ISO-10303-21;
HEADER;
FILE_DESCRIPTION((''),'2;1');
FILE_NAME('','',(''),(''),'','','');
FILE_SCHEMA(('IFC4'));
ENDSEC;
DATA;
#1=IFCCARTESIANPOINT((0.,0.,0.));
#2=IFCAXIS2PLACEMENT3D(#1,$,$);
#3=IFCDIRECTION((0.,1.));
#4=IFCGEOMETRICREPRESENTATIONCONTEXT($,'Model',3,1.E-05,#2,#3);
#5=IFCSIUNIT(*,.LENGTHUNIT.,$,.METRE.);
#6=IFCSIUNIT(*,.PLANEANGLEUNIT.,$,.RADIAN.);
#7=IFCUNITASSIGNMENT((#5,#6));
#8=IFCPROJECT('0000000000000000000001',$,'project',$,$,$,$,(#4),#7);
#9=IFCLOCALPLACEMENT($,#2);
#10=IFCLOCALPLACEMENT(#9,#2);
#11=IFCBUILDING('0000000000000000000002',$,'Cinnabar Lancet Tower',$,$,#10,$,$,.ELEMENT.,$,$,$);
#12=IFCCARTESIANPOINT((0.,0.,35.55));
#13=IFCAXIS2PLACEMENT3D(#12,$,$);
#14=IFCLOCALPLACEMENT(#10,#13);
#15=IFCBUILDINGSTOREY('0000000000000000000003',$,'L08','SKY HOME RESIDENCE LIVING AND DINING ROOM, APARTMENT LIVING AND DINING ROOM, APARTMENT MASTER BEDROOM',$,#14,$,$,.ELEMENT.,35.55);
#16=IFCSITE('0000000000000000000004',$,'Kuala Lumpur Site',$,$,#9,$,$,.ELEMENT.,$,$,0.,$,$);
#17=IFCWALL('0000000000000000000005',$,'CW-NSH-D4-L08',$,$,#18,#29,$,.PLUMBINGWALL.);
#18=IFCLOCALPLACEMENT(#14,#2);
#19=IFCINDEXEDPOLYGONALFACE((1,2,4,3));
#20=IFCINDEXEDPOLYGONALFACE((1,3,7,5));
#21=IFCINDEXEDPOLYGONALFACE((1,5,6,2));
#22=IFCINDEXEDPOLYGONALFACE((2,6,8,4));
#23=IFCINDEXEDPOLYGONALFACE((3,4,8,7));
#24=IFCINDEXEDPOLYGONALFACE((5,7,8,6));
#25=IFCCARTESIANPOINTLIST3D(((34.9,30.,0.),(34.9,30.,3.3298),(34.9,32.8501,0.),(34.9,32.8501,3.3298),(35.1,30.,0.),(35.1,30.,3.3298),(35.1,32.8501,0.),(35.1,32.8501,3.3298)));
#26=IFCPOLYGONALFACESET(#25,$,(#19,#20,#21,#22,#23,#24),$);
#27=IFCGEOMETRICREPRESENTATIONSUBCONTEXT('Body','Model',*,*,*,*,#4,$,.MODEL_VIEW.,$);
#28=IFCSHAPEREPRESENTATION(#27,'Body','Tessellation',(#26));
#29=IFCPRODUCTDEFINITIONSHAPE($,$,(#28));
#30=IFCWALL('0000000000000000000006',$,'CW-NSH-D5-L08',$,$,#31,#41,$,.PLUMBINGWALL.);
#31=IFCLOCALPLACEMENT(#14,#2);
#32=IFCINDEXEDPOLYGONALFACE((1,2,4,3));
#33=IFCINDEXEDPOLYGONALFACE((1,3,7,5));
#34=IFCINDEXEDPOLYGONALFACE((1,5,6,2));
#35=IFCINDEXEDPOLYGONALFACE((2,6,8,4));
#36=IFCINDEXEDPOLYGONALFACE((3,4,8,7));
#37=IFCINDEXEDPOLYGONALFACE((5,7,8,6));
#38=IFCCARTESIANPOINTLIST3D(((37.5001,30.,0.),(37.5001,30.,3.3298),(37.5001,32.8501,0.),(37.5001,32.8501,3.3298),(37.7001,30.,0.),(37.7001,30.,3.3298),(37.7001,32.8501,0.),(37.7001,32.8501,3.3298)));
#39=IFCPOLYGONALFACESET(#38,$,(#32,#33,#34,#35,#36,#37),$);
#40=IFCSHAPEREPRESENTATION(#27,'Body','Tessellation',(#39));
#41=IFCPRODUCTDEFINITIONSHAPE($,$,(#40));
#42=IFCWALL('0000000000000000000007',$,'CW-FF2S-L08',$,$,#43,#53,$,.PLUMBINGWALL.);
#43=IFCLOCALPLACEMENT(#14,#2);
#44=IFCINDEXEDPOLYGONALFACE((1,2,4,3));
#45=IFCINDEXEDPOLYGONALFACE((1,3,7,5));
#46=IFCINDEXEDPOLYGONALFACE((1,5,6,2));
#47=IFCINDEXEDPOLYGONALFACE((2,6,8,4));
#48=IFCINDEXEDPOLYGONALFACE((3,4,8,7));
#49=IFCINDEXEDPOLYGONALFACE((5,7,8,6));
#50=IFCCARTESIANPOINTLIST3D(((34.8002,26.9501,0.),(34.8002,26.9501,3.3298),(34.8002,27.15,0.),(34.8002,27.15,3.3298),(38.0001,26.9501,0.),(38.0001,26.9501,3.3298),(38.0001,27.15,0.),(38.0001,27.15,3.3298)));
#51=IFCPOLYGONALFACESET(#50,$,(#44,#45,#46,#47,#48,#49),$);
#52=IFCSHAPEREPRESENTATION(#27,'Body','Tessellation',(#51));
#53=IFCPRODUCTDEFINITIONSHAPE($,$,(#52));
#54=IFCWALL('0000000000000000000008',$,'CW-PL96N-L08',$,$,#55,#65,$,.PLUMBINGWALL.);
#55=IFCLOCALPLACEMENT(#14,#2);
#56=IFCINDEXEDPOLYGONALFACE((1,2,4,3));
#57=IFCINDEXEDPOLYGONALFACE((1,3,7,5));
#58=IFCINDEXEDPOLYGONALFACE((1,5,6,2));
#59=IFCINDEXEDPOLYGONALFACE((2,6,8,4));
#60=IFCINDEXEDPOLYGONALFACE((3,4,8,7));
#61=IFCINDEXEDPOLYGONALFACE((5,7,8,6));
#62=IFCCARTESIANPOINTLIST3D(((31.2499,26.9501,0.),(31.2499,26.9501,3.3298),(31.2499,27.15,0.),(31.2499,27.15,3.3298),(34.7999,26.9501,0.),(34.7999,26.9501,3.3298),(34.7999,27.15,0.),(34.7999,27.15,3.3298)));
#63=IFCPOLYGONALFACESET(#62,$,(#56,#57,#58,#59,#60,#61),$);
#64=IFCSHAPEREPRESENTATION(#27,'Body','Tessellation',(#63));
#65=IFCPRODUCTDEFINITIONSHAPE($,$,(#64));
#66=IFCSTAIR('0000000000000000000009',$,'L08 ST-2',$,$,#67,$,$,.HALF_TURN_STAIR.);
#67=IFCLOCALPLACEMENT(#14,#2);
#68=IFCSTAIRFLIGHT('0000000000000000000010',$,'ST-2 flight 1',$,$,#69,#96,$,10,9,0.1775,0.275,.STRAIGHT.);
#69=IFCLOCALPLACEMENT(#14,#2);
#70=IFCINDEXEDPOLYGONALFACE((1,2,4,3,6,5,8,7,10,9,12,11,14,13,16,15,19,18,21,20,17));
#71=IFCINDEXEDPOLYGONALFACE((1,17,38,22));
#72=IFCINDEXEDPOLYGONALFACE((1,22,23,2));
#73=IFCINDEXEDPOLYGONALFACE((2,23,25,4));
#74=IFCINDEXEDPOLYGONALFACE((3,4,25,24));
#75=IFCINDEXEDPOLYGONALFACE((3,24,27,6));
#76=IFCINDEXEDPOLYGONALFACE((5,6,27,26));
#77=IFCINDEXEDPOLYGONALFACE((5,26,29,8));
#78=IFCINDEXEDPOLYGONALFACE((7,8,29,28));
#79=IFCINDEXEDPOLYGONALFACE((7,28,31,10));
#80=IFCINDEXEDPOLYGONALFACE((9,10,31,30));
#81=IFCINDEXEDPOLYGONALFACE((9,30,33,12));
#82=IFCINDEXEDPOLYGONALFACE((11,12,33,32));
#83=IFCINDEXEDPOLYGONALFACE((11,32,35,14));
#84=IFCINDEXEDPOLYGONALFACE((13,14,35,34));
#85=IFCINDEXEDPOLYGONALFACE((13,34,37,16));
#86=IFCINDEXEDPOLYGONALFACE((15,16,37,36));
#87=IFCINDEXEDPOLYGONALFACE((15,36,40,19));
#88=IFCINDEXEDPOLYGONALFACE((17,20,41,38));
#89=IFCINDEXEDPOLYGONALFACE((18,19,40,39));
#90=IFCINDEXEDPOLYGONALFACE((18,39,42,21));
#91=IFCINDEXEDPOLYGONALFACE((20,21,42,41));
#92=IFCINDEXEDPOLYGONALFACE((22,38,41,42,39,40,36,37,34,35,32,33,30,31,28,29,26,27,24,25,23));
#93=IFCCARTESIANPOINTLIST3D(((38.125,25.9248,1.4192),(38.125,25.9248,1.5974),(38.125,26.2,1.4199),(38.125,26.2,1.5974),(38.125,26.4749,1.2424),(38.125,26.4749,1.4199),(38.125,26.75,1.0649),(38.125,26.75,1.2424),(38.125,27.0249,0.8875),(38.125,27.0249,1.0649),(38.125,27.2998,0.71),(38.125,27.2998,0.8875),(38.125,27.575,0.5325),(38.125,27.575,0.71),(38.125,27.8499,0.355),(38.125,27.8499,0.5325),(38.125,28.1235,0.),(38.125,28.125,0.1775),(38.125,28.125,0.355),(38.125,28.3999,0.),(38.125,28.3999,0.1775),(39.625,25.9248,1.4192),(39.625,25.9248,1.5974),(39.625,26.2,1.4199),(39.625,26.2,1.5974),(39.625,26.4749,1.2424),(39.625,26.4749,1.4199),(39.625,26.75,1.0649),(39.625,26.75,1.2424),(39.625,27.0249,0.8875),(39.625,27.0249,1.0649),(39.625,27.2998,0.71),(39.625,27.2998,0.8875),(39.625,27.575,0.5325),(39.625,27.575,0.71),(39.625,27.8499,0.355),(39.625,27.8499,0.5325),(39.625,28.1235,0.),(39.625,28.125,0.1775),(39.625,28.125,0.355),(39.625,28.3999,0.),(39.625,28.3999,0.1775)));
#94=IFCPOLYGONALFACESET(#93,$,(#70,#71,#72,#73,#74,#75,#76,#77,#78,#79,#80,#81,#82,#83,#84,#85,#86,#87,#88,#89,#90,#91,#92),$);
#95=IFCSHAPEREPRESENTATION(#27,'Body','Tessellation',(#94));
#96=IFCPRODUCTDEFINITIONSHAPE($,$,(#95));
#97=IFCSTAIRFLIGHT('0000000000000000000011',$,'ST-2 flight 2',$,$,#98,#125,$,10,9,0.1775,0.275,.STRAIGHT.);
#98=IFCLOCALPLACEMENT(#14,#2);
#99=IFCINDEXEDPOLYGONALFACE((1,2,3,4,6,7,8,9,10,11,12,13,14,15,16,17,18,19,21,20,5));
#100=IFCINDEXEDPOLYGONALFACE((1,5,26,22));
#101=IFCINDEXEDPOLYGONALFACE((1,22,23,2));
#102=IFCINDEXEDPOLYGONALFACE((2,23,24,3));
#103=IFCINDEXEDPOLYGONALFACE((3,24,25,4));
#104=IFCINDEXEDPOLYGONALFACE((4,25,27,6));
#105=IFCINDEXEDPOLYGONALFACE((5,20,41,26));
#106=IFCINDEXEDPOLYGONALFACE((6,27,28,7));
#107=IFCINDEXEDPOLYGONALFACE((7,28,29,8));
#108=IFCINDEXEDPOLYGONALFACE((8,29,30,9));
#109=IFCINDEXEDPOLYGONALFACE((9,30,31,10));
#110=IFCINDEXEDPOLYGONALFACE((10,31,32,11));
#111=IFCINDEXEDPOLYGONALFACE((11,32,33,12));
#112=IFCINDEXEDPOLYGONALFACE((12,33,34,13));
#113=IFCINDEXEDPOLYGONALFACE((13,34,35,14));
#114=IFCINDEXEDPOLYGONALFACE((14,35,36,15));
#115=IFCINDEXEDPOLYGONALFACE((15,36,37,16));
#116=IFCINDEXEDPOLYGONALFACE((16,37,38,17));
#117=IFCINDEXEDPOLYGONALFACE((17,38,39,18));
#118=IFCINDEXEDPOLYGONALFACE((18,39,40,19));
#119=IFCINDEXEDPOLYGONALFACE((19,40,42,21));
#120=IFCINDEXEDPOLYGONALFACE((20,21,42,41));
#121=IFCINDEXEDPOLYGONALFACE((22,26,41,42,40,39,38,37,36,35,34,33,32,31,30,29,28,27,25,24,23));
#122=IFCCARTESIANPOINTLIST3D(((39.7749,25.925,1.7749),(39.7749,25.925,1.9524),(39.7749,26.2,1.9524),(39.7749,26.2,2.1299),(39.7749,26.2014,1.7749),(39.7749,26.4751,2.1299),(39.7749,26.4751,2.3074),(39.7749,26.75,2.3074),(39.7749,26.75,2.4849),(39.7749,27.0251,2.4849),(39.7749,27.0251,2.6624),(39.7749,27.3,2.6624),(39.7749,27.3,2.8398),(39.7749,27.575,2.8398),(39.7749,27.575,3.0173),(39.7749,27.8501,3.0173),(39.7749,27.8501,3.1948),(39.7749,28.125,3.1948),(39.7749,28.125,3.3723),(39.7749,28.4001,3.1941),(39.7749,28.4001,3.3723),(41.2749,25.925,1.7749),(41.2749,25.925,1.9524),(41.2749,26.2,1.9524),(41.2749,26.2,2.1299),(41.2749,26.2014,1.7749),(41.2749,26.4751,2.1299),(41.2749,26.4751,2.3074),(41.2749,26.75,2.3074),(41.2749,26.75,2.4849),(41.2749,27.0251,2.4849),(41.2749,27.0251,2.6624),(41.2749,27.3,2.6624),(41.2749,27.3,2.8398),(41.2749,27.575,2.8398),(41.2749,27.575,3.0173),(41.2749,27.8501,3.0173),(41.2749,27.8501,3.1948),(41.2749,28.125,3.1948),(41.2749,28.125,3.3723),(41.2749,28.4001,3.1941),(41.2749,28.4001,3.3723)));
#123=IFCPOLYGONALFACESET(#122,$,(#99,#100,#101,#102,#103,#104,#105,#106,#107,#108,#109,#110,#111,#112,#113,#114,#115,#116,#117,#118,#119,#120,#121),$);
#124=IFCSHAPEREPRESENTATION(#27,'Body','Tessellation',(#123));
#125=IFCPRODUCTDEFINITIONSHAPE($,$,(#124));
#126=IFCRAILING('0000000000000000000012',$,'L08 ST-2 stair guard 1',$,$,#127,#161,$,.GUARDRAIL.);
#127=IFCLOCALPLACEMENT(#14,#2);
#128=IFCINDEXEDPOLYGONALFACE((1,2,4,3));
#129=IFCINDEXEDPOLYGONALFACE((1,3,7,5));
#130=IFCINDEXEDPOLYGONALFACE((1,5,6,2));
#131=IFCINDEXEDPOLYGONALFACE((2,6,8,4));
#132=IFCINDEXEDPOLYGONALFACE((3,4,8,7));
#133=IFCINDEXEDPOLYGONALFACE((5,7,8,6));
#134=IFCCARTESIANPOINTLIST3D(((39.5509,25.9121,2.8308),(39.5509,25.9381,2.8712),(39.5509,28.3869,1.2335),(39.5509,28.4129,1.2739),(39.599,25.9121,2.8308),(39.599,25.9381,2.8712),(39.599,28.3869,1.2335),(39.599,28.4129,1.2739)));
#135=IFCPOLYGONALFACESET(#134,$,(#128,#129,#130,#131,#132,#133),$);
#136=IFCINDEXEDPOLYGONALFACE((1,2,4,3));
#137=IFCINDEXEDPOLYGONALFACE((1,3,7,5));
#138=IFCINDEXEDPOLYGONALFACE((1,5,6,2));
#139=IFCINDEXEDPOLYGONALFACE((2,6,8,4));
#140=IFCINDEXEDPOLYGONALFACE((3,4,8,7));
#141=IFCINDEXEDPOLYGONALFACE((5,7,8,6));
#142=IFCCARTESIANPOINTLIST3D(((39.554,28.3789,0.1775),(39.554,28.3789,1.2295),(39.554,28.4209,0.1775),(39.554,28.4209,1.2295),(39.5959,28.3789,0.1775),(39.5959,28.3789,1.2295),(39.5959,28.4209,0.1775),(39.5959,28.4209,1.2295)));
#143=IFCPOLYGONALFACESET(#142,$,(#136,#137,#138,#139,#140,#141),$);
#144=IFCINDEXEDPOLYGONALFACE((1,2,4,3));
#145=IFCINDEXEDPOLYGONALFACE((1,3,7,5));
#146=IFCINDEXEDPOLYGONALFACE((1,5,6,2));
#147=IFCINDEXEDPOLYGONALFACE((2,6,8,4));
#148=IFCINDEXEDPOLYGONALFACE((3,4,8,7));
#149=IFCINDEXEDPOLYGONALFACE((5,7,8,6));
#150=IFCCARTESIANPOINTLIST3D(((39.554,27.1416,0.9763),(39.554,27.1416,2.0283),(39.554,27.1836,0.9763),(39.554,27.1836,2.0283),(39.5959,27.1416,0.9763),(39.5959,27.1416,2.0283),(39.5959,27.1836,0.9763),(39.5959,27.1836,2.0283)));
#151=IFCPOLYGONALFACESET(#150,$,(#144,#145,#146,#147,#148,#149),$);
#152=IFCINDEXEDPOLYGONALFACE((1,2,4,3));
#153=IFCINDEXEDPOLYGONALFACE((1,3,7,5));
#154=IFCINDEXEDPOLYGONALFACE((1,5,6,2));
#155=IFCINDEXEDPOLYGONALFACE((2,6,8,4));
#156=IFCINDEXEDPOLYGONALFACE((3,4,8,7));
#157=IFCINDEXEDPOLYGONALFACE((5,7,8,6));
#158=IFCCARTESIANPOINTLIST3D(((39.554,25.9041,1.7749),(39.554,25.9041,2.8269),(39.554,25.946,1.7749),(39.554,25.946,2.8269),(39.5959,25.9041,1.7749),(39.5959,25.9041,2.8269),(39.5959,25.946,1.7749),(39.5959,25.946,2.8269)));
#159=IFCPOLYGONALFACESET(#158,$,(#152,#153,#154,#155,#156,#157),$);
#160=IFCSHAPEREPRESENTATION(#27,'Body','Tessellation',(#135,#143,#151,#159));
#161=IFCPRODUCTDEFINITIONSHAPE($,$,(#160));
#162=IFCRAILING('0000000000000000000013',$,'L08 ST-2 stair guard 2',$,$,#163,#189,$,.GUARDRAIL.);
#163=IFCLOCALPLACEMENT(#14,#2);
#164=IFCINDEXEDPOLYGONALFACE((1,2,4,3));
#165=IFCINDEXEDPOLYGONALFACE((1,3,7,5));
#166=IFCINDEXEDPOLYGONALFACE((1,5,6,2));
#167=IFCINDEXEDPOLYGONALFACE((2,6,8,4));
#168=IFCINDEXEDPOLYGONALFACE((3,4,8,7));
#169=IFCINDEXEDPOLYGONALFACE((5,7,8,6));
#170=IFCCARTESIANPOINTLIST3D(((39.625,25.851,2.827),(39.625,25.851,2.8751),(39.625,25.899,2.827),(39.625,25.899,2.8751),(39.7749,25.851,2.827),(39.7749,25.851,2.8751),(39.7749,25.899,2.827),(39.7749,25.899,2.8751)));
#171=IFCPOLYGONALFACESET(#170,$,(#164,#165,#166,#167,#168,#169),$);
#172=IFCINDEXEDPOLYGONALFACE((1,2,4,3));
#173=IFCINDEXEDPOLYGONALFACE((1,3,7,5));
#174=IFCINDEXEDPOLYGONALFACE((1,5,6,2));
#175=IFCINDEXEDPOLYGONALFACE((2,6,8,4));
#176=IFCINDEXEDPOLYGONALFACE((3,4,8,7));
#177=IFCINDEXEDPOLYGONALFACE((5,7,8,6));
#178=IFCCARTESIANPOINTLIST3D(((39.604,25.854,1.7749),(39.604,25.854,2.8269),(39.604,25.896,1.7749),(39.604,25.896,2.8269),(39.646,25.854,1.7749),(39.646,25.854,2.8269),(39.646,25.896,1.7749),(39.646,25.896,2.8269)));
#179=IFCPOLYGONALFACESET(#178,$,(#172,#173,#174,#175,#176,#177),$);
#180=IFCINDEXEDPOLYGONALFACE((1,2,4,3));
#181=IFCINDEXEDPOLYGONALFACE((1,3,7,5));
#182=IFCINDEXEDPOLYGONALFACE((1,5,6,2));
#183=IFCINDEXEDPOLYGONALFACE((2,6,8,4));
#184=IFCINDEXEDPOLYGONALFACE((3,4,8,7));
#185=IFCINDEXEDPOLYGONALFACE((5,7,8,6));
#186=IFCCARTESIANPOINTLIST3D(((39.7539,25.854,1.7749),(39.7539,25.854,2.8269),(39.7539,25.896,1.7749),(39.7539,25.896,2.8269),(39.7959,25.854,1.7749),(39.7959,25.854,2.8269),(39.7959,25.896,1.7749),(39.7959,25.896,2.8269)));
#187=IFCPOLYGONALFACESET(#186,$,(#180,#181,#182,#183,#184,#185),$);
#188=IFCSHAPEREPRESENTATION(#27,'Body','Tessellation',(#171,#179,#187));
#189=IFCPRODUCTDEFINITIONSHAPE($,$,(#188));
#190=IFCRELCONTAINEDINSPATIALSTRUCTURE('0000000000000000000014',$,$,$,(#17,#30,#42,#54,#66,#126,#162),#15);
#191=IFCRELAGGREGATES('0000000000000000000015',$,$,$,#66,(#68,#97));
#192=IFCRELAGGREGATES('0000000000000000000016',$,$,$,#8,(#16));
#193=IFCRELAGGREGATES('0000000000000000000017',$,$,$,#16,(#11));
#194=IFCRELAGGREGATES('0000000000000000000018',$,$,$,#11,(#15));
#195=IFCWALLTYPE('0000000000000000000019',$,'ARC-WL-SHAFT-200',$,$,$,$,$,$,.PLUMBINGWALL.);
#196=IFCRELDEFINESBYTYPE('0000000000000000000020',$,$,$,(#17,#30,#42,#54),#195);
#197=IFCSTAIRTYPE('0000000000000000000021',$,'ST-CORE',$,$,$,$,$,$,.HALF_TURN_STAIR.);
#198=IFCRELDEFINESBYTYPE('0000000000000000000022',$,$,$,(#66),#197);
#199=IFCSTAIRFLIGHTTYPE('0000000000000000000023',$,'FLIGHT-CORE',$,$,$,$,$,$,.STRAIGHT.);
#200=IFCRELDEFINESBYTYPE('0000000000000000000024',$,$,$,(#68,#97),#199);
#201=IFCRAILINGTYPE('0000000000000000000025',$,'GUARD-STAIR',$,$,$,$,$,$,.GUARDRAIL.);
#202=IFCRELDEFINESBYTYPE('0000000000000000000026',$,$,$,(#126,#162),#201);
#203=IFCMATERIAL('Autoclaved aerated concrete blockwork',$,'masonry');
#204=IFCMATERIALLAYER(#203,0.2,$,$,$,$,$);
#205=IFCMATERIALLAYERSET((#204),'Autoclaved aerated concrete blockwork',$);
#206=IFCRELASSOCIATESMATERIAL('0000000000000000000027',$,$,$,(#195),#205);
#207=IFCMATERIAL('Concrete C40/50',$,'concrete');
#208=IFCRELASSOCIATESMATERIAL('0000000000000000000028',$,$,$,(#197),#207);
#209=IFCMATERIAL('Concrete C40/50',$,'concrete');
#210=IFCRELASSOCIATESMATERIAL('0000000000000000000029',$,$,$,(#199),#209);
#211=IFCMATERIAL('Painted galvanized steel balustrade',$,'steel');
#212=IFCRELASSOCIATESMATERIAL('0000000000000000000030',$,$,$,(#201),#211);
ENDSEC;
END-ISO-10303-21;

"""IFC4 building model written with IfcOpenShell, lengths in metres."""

from ifc_helpers import new_model, si_unit, direction, frame, frame_2d, origin, origin_2d, place, context, subcontext, project, spatial, polyline, rectangle, outline, extrude, material, layer, layer_set, type_object, element, aggregate, save


model = new_model("IFC4")

# Units and contexts
model_context = context("Model", 3, precision=1e-05, world=origin(), true_north=direction((0.0, 1.0)))
body_context = subcontext(model_context, "Body", "Model", "MODEL_VIEW")
ifc_project = project(units=[si_unit("LENGTHUNIT", "METRE"), si_unit("PLANEANGLEUNIT", "RADIAN")], contexts=[model_context])

# Site, building, storey
site_placement = place(None, origin())
site = spatial("IfcSite", under=ifc_project, at=site_placement, Name="Kuala Lumpur Site", CompositionType="ELEMENT", RefElevation=0.0)
building_placement = place(site_placement, origin())
building = spatial("IfcBuilding", under=site, at=building_placement, Name="Cinnabar Lancet Tower", CompositionType="ELEMENT")
storey_placement = place(building_placement, frame((0.0, 0.0, 35.55)))
storey = spatial("IfcBuildingStorey", under=building, at=storey_placement, Name="L08", Description="SKY HOME RESIDENCE LIVING AND DINING ROOM, APARTMENT LIVING AND DINING ROOM, APARTMENT MASTER BEDROOM", CompositionType="ELEMENT", Elevation=35.55)

# Shared definitions
ifc_material_1 = material(Name="Autoclaved aerated concrete blockwork", Category="masonry")
ifc_layer_1 = layer(ifc_material_1, 0.2)
ifc_layer_set_1 = layer_set([ifc_layer_1], Name="Autoclaved aerated concrete blockwork")
wall_type_1 = type_object("IfcWallType", Name="ARC-WL-SHAFT-200", PredefinedType="PLUMBINGWALL", material=ifc_layer_set_1)

# Walls
for number, where, z_axis, x_axis, name in (
    (1, (35.0, 30.0, 0.0), (0.0, 0.0, 1.0), (0.0, 1.0, 0.0), "CW-NSH-D4-L08"),
    (2, (37.6001, 30.0, 0.0), (0.0, 0.0, 1.0), (0.0, 1.0, 0.0), "CW-NSH-D5-L08"),
):
    element("IfcWall", number, at=place(storey_placement, frame(where, z_axis=z_axis, x_axis=x_axis)), inside=storey, type_object=wall_type_1, Name=name, PredefinedType="PLUMBINGWALL", context=body_context, shape_type="SweptSolid", body=[
        extrude(rectangle(XDim=2.8501, YDim=0.2, at=frame_2d((1.425, 0.0))), origin(), (0.0, 0.0, 1.0), 3.3298),
    ])

# Walls
wall_1_placement = place(storey_placement, frame((34.8, 27.05, 0.0), z_axis=(0.0, 0.0, 1.0), x_axis=(1.0, 0.0, 0.0)))
element("IfcWall", 3, at=wall_1_placement, inside=storey, type_object=wall_type_1, Name="CW-FF2S-L08", PredefinedType="PLUMBINGWALL", context=body_context, shape_type="SweptSolid", body=[
    extrude(rectangle(XDim=3.2, YDim=0.2, at=frame_2d((1.6001, 0.0))), origin(), (0.0, 0.0, 1.0), 3.3298),
])
wall_2_placement = place(storey_placement, frame((31.25, 27.05, 0.0), z_axis=(0.0, 0.0, 1.0), x_axis=(1.0, 0.0, 0.0)))
element("IfcWall", 4, at=wall_2_placement, inside=storey, type_object=wall_type_1, Name="CW-PL96N-L08", PredefinedType="PLUMBINGWALL", context=body_context, shape_type="SweptSolid", body=[
    extrude(rectangle(XDim=3.55, YDim=0.2, at=frame_2d((1.7749, 0.0))), origin(), (0.0, 0.0, 1.0), 3.3298),
])

# Stair, stair flights
ifc_material_2 = material(Name="Concrete C40/50", Category="concrete")
stair_type = type_object("IfcStairType", Name="ST-CORE", PredefinedType="HALF_TURN_STAIR", material=ifc_material_2)
stair_placement = place(storey_placement, origin())
stair = element("IfcStair", 5, at=stair_placement, inside=storey, type_object=stair_type, Name="L08 ST-2", PredefinedType="HALF_TURN_STAIR")
ifc_material_3 = material(Name="Concrete C40/50", Category="concrete")
stair_flight_type = type_object("IfcStairFlightType", Name="FLIGHT-CORE", PredefinedType="STRAIGHT", material=ifc_material_3)
stair_flight_1_placement = place(storey_placement, frame((38.875, 28.3999, 0.0), z_axis=(0.0, 0.0, 1.0), x_axis=(0.0, -1.0, 0.0)))
stair_flight_1 = element("IfcStairFlight", 6, at=stair_flight_1_placement, type_object=stair_flight_type, Name="ST-2 flight 1", NumberOfRisers=10, NumberOfTreads=9, PredefinedType="STRAIGHT", RiserHeight=0.1775, TreadLength=0.275, context=body_context, shape_type="SweptSolid", body=[
    extrude(outline(polyline([(0.0, 0.0), (0.0, 0.1775), (0.2749, 0.1775), (0.2749, 0.355), (0.55, 0.355), (0.55, 0.5325), (0.825, 0.5325), (0.825, 0.71), (1.1001, 0.71), (1.1001, 0.8875), (1.375, 0.8875), (1.375, 1.0649), (1.6499, 1.0649), (1.6499, 1.2424), (1.925, 1.2424), (1.925, 1.4199), (2.2, 1.4199), (2.2, 1.5974), (2.4751, 1.5974), (2.4751, 1.7749), (2.4751, 1.4192), (0.2764, 0.0), (0.0, 0.0)])), frame((0.0, 0.75, 0.0), z_axis=(0.0, -1.0, 0.0), x_axis=(1.0, 0.0, 0.0)), (0.0, 0.0, 1.0), 1.5),
])
stair_flight_2_placement = place(storey_placement, frame((40.5249, 25.925, 1.7749), z_axis=(0.0, 0.0, 1.0), x_axis=(0.0, 1.0, 0.0)))
stair_flight_2 = element("IfcStairFlight", 7, at=stair_flight_2_placement, type_object=stair_flight_type, Name="ST-2 flight 2", NumberOfRisers=10, NumberOfTreads=9, PredefinedType="STRAIGHT", RiserHeight=0.1775, TreadLength=0.275, context=body_context, shape_type="SweptSolid", body=[
    extrude(outline(polyline([(0.0, 0.0), (0.0, 0.1775), (0.2749, 0.1775), (0.2749, 0.355), (0.55, 0.355), (0.55, 0.5325), (0.825, 0.5325), (0.825, 0.71), (1.1001, 0.71), (1.1001, 0.8875), (1.375, 0.8875), (1.375, 1.0649), (1.6499, 1.0649), (1.6499, 1.2424), (1.925, 1.2424), (1.925, 1.4199), (2.2, 1.4199), (2.2, 1.5974), (2.4751, 1.5974), (2.4751, 1.7749), (2.4751, 1.4192), (0.2764, 0.0), (0.0, 0.0)])), frame((0.0, 0.75, 0.0), z_axis=(0.0, -1.0, 0.0), x_axis=(1.0, 0.0, 0.0)), (0.0, 0.0, 1.0), 1.5),
])
aggregate(stair, [stair_flight_1, stair_flight_2])

# Railings
ifc_material_4 = material(Name="Painted galvanized steel balustrade", Category="steel")
railing_type_1 = type_object("IfcRailingType", Name="GUARD-STAIR", PredefinedType="GUARDRAIL", material=ifc_material_4)
railing_1_placement = place(storey_placement, frame((39.575, 28.3999, 0.1775)))
element("IfcRailing", 8, at=railing_1_placement, inside=storey, type_object=railing_type_1, Name="L08 ST-2 stair guard 1", PredefinedType="GUARDRAIL", context=body_context, shape_type="SweptSolid", body=[
    extrude(rectangle(XDim=0.0481, YDim=0.0481, at=origin_2d()), frame((0.0, 0.0, 1.0762), z_axis=(0.0, -0.840183, 0.542302), x_axis=(1.0, 0.0, 0.0)), (0.0, 0.0, 1.0), 2.9456),
    extrude(rectangle(XDim=0.042, YDim=0.042, at=origin_2d()), origin(), (0.0, 0.0, 1.0), 1.052),
    extrude(rectangle(XDim=0.042, YDim=0.042, at=origin_2d()), frame((0.0, -1.2373, 0.7988)), (0.0, 0.0, 1.0), 1.052),
    extrude(rectangle(XDim=0.042, YDim=0.042, at=origin_2d()), frame((0.0, -2.4749, 1.5974)), (0.0, 0.0, 1.0), 1.052),
])
railing_2_placement = place(storey_placement, frame((39.625, 25.875, 1.7749)))
element("IfcRailing", 9, at=railing_2_placement, inside=storey, type_object=railing_type_1, Name="L08 ST-2 stair guard 2", PredefinedType="GUARDRAIL", context=body_context, shape_type="SweptSolid", body=[
    extrude(rectangle(XDim=0.0481, YDim=0.0481, at=origin_2d()), frame((0.0, 0.0, 1.0762), z_axis=(1.0, 0.0, 0.0), x_axis=(0.0, 1.0, 0.0)), (0.0, 0.0, 1.0), 0.1499),
    extrude(rectangle(XDim=0.042, YDim=0.042, at=origin_2d()), origin(), (0.0, 0.0, 1.0), 1.052),
    extrude(rectangle(XDim=0.042, YDim=0.042, at=origin_2d()), frame((0.1499, 0.0, 0.0)), (0.0, 0.0, 1.0), 1.052),
])

save(model, "model.ifc")
